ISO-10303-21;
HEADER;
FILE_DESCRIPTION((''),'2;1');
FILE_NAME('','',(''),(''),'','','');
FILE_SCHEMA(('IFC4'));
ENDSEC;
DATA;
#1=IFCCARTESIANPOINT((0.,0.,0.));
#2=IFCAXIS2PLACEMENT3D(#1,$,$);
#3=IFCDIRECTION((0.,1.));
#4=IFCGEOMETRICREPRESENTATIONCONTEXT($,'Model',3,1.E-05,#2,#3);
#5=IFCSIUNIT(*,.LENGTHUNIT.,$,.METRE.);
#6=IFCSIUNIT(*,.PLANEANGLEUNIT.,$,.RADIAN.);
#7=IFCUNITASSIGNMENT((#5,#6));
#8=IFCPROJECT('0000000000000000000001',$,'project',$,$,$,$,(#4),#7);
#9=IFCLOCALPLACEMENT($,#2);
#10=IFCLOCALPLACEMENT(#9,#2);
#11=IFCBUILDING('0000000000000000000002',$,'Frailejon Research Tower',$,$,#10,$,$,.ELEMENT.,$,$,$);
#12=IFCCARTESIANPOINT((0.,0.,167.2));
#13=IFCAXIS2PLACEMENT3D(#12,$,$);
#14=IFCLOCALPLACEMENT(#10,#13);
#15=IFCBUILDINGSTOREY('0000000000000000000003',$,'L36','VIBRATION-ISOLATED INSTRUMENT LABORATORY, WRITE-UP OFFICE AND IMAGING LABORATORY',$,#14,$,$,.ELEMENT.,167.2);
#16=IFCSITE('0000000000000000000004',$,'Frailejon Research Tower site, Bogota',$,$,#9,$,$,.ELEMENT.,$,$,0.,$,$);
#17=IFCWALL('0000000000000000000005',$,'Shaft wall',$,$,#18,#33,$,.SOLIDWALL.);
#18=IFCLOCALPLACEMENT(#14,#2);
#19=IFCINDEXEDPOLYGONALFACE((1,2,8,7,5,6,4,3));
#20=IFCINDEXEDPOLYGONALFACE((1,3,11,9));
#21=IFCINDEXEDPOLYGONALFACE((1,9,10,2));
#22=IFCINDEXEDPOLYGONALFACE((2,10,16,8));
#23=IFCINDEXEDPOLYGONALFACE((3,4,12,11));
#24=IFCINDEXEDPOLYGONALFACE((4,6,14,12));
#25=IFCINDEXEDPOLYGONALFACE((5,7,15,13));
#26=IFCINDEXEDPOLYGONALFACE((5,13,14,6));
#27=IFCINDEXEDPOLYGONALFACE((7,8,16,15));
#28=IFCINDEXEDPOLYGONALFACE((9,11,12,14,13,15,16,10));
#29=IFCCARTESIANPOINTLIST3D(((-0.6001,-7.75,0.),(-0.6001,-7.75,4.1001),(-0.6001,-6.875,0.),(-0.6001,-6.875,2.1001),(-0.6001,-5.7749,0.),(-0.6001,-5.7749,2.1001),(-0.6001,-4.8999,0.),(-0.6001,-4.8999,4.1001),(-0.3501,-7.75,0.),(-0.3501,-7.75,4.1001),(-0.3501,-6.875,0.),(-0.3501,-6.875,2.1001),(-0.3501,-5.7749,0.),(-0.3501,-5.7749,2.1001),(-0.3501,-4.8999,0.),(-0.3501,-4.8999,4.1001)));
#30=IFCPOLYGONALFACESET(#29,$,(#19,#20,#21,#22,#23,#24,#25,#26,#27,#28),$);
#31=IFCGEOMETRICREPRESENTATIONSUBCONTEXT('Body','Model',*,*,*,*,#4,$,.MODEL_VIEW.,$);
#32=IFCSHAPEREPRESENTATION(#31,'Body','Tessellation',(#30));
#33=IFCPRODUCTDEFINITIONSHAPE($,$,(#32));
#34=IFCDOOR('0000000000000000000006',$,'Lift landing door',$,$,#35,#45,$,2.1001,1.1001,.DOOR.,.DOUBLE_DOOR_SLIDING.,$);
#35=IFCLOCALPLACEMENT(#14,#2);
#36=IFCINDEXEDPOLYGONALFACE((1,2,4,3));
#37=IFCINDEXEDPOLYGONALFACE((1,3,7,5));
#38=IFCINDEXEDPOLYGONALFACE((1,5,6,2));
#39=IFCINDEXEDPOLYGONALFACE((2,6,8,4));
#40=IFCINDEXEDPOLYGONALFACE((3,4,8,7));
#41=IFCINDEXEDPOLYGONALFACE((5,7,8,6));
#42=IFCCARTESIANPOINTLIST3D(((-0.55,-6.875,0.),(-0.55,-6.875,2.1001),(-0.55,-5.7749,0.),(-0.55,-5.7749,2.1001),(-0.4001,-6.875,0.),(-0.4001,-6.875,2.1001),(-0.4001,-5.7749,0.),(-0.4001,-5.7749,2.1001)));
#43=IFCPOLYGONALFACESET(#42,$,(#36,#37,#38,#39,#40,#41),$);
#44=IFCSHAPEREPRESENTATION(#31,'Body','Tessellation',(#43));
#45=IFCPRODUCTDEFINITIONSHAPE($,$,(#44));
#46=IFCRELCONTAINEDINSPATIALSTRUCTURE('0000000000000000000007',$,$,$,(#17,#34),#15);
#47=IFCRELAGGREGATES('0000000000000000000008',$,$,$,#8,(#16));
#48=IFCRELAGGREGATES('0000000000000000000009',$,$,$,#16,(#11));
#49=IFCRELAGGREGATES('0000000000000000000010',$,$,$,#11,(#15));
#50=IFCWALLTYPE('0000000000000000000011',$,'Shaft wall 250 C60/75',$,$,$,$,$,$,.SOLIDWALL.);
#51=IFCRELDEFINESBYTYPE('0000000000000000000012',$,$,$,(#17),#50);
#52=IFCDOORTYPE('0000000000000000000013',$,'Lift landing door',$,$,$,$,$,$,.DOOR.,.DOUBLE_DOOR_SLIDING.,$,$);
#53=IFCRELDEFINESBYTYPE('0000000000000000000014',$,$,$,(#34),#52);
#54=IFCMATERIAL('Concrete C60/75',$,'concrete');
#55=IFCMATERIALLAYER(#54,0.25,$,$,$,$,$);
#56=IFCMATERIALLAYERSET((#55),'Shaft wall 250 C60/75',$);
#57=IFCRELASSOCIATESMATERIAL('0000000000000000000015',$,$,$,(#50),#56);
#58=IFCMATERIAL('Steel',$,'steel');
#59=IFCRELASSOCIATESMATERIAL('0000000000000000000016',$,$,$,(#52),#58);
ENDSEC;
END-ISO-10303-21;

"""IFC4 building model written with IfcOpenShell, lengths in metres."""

from ifc_helpers import new_model, si_unit, direction, frame, frame_2d, origin, place, context, subcontext, project, spatial, rectangle, extrude, material, layer, layer_set, type_object, element, fill, save


model = new_model("IFC4")

# Units and contexts
model_context = context("Model", 3, precision=1e-05, world=origin(), true_north=direction((0.0, 1.0)))
body_context = subcontext(model_context, "Body", "Model", "MODEL_VIEW")
ifc_project = project(units=[si_unit("LENGTHUNIT", "METRE"), si_unit("PLANEANGLEUNIT", "RADIAN")], contexts=[model_context])

# Site, building, storey
site_placement = place(None, origin())
site = spatial("IfcSite", under=ifc_project, at=site_placement, Name="Frailejon Research Tower site, Bogota", CompositionType="ELEMENT", RefElevation=0.0)
building_placement = place(site_placement, origin())
building = spatial("IfcBuilding", under=site, at=building_placement, Name="Frailejon Research Tower", CompositionType="ELEMENT")
storey_placement = place(building_placement, frame((0.0, 0.0, 167.2)))
storey = spatial("IfcBuildingStorey", under=building, at=storey_placement, Name="L36", Description="VIBRATION-ISOLATED INSTRUMENT LABORATORY, WRITE-UP OFFICE AND IMAGING LABORATORY", CompositionType="ELEMENT", Elevation=167.2)

# Shared definitions
ifc_material_1 = material(Name="Concrete C60/75", Category="concrete")
ifc_layer_1 = layer(ifc_material_1, 0.25)
ifc_layer_set_1 = layer_set([ifc_layer_1], Name="Shaft wall 250 C60/75")
wall_type_1 = type_object("IfcWallType", Name="Shaft wall 250 C60/75", PredefinedType="SOLIDWALL", material=ifc_layer_set_1)

# Wall, opening, door
wall_1_placement = place(storey_placement, frame((-0.4751, -7.75, 0.0), z_axis=(0.0, 0.0, 1.0), x_axis=(0.0, 1.0, 0.0)))
wall_1 = element("IfcWall", 1, at=wall_1_placement, inside=storey, type_object=wall_type_1, Name="Shaft wall", PredefinedType="SOLIDWALL", context=body_context, shape_type="SweptSolid", body=[
    extrude(rectangle(XDim=2.8501, YDim=0.25, at=frame_2d((1.425, 0.0))), origin(), (0.0, 0.0, 1.0), 4.1001),
])
opening_1_placement = place(wall_1_placement, frame((0.875, 0.0, 0.0)))
opening_1 = element("IfcOpeningElement", 2, at=opening_1_placement, cuts=wall_1, PredefinedType="OPENING", context=body_context, shape_type="SweptSolid", body=[
    extrude(rectangle(XDim=1.1001, YDim=2.1001, at=frame_2d((0.55, 1.05))), frame((0.0, 0.135, 0.0), z_axis=(0.0, -1.0, 0.0), x_axis=(1.0, 0.0, 0.0)), (0.0, 0.0, 1.0), 0.27),
])
ifc_material_2 = material(Name="Steel", Category="steel")
door_type_1 = type_object("IfcDoorType", Name="Lift landing door", OperationType="DOUBLE_DOOR_SLIDING", PredefinedType="DOOR", material=ifc_material_2)
door_1_placement = place(opening_1_placement, origin())
door_1 = element("IfcDoor", 3, at=door_1_placement, inside=storey, type_object=door_type_1, Name="Lift landing door", OperationType="DOUBLE_DOOR_SLIDING", OverallHeight=2.1001, OverallWidth=1.1001, PredefinedType="DOOR", context=body_context, shape_type="SweptSolid", body=[
    extrude(rectangle(XDim=1.1001, YDim=2.1001, at=frame_2d((0.55, 1.05))), frame((0.0, 0.075, 0.0), z_axis=(0.0, -1.0, 0.0), x_axis=(1.0, 0.0, 0.0)), (0.0, 0.0, 1.0), 0.1499),
])
fill(opening_1, door_1)

save(model, "model.ifc")
